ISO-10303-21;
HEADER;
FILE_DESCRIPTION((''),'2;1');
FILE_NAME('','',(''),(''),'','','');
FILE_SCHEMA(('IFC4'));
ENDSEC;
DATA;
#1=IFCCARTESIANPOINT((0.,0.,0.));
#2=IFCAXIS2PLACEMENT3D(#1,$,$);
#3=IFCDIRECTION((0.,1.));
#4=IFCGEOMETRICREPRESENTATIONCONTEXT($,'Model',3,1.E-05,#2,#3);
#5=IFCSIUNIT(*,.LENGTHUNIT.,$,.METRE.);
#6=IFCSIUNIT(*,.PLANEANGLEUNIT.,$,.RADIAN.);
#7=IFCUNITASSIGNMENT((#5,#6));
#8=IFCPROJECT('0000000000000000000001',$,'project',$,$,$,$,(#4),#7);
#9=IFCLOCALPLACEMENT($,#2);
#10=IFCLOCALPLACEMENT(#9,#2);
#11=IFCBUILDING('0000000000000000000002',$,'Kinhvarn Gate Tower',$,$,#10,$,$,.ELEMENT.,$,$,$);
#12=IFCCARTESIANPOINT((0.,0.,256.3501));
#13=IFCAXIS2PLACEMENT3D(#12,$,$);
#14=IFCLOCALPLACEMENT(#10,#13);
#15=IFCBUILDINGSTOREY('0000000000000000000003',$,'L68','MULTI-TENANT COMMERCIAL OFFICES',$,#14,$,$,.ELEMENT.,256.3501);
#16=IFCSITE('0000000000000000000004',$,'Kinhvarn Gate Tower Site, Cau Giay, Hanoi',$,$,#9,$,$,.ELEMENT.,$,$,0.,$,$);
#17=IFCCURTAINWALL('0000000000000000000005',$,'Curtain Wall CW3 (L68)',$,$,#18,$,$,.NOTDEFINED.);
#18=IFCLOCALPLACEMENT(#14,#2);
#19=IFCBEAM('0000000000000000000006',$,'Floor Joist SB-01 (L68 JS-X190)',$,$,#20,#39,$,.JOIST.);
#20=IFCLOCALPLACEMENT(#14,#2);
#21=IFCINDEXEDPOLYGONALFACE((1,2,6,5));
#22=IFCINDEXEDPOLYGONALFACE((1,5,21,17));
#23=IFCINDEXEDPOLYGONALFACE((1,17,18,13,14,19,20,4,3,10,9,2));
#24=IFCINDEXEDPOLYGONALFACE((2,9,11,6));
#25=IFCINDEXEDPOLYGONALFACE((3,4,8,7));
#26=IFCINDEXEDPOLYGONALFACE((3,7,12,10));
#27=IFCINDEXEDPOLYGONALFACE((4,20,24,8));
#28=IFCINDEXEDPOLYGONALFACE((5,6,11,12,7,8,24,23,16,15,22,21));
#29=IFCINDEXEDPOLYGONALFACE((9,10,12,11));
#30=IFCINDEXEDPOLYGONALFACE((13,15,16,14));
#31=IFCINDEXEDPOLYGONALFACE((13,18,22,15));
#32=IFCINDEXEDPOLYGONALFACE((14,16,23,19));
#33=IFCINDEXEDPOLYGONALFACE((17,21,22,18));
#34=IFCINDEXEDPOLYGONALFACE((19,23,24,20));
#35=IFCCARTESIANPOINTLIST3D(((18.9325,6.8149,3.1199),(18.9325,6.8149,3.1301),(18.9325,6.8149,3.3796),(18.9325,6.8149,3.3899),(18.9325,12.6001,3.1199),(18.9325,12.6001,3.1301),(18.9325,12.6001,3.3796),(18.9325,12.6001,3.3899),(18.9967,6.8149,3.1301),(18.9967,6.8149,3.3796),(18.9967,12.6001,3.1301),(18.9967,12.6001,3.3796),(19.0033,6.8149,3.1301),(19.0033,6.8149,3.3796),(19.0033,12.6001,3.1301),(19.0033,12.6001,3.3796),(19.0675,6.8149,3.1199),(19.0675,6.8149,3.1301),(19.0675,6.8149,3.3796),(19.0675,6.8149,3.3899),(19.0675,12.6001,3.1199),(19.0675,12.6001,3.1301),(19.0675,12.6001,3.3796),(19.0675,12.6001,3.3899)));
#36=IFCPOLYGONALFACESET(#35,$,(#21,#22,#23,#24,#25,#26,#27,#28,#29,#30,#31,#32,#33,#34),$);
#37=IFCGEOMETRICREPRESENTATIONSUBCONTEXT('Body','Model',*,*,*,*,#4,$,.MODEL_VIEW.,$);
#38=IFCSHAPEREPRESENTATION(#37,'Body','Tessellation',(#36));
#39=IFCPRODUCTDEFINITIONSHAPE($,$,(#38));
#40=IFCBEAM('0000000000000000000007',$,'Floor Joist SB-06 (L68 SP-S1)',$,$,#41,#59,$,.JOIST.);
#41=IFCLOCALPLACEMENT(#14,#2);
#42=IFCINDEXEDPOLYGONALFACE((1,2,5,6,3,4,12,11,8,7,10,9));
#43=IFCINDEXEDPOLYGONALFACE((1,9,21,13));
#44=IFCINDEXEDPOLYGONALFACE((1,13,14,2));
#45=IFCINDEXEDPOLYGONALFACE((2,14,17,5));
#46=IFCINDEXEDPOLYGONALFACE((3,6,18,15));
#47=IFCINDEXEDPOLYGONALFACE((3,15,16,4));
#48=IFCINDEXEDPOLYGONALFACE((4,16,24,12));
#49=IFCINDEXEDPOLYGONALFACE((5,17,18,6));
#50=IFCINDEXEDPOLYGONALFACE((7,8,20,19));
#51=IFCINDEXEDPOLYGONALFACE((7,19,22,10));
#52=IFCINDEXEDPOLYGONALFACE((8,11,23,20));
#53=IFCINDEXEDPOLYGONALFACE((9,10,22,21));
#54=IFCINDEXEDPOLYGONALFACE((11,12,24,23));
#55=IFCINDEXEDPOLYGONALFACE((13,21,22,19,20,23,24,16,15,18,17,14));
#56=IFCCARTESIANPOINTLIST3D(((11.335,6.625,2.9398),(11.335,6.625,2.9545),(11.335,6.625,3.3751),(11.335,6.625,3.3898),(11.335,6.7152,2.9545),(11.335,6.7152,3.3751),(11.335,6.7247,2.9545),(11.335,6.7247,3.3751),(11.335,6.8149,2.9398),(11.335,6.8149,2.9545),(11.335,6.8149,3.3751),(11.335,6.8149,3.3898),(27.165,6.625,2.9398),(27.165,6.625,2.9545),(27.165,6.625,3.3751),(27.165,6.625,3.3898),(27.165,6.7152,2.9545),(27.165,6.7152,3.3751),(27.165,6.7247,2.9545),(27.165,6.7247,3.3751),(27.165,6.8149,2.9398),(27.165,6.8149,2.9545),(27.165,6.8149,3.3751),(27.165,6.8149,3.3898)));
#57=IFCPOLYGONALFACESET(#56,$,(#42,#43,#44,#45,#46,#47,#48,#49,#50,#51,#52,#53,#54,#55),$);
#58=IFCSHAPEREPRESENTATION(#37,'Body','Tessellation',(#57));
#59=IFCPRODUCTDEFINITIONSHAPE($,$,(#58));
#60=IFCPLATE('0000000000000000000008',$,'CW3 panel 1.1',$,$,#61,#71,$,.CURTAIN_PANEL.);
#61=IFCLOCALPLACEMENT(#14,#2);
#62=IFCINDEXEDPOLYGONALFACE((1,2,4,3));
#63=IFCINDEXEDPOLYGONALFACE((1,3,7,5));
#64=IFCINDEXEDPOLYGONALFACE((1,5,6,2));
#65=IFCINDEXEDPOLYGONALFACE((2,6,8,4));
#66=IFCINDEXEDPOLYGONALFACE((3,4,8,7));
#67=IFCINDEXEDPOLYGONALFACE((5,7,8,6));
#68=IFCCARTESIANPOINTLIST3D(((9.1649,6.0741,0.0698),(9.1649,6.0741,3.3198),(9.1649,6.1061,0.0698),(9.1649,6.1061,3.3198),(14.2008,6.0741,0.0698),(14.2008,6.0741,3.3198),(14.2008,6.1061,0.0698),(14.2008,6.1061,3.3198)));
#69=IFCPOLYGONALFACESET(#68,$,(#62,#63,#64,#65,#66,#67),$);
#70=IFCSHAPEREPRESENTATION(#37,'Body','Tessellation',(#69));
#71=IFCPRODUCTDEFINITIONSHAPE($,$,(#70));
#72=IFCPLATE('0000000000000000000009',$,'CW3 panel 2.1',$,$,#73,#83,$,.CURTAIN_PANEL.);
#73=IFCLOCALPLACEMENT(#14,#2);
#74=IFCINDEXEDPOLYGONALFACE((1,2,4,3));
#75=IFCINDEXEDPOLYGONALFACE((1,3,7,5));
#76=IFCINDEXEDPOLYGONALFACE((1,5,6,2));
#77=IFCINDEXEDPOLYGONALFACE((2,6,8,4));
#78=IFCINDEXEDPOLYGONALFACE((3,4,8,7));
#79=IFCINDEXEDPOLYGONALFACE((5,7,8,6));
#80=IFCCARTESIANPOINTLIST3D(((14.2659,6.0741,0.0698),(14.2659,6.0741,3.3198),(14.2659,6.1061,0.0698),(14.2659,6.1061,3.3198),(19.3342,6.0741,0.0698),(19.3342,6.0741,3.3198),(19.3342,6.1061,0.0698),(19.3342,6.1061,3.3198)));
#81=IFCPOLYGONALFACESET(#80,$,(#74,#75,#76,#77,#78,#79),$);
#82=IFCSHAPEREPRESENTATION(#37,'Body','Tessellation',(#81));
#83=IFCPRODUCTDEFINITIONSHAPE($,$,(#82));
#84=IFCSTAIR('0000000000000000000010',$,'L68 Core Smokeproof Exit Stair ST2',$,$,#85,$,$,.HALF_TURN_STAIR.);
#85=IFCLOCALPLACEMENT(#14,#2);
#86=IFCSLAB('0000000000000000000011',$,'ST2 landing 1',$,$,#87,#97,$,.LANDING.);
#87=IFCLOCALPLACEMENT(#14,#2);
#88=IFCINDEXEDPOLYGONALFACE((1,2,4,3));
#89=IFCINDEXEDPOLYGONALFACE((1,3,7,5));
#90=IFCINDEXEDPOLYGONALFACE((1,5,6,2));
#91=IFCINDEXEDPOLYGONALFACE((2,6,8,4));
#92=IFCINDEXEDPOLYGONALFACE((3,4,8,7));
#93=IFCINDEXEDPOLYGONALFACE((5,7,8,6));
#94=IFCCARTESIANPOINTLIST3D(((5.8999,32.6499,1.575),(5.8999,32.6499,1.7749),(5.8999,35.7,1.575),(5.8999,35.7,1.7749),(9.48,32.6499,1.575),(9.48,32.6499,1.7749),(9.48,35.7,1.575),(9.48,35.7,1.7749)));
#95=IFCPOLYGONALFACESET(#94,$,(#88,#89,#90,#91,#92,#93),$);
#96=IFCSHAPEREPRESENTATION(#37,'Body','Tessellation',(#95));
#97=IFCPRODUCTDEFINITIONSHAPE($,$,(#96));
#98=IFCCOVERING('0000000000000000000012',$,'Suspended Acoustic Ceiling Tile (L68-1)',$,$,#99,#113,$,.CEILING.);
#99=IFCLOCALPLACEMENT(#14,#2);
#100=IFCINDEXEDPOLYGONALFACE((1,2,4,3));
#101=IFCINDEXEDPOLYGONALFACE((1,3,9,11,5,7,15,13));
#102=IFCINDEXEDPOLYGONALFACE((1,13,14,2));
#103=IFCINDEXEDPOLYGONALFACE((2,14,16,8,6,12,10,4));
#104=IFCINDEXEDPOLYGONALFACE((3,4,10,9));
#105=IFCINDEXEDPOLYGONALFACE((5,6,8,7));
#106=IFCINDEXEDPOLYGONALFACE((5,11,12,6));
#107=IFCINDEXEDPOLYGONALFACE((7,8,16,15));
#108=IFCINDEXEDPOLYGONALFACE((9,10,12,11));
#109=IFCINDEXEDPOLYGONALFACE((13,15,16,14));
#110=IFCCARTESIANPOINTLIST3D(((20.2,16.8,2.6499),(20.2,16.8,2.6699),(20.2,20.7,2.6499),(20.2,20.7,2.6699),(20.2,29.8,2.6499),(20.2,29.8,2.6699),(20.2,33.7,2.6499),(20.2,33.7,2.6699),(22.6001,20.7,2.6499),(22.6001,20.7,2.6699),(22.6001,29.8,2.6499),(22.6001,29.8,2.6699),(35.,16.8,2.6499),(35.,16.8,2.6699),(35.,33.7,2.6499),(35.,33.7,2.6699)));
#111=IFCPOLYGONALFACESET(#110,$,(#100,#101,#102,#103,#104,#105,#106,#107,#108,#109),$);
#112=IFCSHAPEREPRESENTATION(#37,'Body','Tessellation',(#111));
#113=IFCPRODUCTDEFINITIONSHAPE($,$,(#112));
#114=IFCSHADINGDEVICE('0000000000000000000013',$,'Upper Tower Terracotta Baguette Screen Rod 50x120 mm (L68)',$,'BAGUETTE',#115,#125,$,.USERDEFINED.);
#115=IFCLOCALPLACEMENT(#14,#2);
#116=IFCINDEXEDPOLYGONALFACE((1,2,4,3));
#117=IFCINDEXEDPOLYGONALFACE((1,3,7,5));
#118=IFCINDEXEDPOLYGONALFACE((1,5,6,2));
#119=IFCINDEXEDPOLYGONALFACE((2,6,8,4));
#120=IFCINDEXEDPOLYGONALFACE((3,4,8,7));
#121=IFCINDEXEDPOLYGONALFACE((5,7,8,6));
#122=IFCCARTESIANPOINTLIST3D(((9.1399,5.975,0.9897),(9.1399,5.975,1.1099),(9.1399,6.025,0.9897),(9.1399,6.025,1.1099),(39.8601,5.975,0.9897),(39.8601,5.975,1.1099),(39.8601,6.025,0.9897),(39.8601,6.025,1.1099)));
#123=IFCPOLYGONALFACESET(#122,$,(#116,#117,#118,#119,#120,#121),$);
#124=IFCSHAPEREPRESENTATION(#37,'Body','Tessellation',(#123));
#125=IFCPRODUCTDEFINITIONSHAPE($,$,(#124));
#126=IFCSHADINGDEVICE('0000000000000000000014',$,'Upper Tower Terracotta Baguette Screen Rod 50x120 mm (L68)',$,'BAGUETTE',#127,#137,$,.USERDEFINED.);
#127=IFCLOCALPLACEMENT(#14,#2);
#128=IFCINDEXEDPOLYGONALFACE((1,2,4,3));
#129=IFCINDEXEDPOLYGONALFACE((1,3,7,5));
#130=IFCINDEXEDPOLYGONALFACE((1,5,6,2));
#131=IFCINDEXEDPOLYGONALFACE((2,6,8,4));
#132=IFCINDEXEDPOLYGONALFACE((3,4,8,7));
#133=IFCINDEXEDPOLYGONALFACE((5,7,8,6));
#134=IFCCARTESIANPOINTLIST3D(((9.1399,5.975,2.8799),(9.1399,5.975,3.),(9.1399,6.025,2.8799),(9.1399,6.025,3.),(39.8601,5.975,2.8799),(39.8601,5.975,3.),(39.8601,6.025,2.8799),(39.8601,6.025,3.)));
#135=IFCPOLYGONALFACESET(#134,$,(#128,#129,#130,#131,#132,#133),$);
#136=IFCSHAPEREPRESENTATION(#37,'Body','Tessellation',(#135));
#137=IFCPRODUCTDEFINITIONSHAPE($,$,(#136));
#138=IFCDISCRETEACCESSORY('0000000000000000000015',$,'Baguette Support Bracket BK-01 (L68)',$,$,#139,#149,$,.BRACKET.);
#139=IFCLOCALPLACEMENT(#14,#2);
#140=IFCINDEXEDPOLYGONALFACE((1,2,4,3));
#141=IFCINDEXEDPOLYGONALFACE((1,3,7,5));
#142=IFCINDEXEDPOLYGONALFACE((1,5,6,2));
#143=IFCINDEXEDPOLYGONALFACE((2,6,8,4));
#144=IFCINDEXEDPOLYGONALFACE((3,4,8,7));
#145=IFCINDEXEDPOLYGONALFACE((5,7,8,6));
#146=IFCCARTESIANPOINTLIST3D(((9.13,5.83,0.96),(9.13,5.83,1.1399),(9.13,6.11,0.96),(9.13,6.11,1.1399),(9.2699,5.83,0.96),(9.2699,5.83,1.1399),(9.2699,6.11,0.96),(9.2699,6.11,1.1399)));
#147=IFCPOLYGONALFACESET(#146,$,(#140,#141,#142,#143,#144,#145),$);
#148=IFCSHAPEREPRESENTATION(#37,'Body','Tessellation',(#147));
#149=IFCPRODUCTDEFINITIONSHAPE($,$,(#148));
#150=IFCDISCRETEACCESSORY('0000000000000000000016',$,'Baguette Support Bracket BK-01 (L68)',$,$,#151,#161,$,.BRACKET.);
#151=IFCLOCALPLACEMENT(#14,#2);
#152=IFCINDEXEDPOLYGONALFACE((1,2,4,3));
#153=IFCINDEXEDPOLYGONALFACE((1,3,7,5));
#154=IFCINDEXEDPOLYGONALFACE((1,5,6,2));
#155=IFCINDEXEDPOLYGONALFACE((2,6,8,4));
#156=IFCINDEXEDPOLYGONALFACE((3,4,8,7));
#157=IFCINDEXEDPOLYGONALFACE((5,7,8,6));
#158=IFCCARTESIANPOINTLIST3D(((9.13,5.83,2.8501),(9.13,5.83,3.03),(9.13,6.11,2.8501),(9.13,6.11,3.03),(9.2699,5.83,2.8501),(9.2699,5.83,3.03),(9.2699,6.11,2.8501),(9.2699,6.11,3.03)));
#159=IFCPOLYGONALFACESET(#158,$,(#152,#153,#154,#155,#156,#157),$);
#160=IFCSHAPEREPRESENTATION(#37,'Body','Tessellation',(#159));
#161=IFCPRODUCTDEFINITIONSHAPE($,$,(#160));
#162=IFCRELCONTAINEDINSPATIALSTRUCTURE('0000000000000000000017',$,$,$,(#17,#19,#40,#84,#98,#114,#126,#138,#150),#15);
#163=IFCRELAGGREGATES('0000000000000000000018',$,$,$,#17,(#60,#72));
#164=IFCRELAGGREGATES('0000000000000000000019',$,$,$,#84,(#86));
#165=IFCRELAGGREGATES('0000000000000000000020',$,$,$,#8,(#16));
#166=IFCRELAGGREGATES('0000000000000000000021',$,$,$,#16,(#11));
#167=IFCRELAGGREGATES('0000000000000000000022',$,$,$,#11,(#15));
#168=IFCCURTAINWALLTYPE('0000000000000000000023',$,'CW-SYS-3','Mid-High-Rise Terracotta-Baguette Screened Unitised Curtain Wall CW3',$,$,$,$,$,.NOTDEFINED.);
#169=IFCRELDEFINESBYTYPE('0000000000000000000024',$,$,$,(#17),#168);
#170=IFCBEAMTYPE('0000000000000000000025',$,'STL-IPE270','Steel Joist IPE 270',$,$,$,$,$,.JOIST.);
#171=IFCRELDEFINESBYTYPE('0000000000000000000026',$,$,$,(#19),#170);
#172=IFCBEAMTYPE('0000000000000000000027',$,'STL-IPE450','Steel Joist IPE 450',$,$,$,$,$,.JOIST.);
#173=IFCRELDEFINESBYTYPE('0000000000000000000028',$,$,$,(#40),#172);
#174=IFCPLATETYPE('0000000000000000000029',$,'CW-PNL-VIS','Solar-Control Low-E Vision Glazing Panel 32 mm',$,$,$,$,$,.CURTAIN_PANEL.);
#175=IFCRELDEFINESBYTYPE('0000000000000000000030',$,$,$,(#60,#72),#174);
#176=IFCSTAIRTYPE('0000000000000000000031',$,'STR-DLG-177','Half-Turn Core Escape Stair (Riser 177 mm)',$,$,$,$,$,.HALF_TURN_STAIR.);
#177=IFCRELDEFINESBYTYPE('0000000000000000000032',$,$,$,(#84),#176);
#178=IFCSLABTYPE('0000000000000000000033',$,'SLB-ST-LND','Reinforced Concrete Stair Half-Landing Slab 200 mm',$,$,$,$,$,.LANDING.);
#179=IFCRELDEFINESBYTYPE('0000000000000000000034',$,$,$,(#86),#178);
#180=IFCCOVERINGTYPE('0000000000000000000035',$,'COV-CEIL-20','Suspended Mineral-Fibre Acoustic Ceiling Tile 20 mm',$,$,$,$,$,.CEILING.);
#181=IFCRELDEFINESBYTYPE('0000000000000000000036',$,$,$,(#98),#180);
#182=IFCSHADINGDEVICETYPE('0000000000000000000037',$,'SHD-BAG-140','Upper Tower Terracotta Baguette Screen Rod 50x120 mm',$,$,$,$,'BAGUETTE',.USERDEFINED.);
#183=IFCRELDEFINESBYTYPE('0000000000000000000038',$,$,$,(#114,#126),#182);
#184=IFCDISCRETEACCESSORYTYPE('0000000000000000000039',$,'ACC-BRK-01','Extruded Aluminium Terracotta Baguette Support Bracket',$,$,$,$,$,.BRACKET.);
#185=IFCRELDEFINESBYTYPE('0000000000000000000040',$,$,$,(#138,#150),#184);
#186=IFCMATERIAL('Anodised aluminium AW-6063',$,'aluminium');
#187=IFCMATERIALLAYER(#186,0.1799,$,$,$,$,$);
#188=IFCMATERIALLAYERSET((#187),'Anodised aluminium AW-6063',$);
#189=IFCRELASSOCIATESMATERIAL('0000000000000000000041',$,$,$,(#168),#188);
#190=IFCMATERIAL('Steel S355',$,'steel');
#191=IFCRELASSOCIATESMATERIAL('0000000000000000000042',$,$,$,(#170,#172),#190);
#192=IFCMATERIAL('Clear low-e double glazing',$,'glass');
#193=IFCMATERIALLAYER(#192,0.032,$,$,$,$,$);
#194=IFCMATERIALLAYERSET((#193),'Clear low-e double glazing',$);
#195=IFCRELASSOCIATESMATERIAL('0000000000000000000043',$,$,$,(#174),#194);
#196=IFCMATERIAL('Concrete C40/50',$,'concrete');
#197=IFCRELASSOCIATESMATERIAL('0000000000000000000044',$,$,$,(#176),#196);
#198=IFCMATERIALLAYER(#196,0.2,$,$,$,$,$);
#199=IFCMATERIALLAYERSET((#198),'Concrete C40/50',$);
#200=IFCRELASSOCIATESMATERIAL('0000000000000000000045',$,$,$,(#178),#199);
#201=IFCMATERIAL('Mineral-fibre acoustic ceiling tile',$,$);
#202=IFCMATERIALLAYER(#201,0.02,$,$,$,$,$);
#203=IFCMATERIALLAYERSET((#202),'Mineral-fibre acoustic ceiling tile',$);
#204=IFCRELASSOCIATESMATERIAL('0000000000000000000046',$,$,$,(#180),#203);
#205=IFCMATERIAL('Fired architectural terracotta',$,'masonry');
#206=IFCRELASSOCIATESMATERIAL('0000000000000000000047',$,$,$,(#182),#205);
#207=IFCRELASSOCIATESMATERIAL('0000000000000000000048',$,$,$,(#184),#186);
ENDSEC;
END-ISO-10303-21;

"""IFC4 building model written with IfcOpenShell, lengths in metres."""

from ifc_helpers import new_model, si_unit, direction, frame, origin, origin_2d, place, context, subcontext, project, spatial, polyline, rectangle, i_section, outline, extrude, material, layer, layer_set, material_profile, profile_set, type_object, element, aggregate, save


model = new_model("IFC4")

# Units and contexts
model_context = context("Model", 3, precision=1e-05, world=origin(), true_north=direction((0.0, 1.0)))
body_context = subcontext(model_context, "Body", "Model", "MODEL_VIEW")
ifc_project = project(units=[si_unit("LENGTHUNIT", "METRE"), si_unit("PLANEANGLEUNIT", "RADIAN")], contexts=[model_context])

# Site, building, storey
site_placement = place(None, origin())
site = spatial("IfcSite", under=ifc_project, at=site_placement, Name="Kinhvarn Gate Tower Site, Cau Giay, Hanoi", CompositionType="ELEMENT", RefElevation=0.0)
building_placement = place(site_placement, origin())
building = spatial("IfcBuilding", under=site, at=building_placement, Name="Kinhvarn Gate Tower", CompositionType="ELEMENT")
storey_placement = place(building_placement, frame((0.0, 0.0, 256.3501)))
storey = spatial("IfcBuildingStorey", under=building, at=storey_placement, Name="L68", Description="MULTI-TENANT COMMERCIAL OFFICES", CompositionType="ELEMENT", Elevation=256.3501)

# Curtain wall
ifc_material_1 = material(Name="Anodised aluminium AW-6063", Category="aluminium")
ifc_layer_1 = layer(ifc_material_1, 0.1799)
ifc_layer_set_1 = layer_set([ifc_layer_1], Name="Anodised aluminium AW-6063")
curtain_wall_type = type_object("IfcCurtainWallType", Name="CW-SYS-3", Description="Mid-High-Rise Terracotta-Baguette Screened Unitised Curtain Wall CW3", PredefinedType="NOTDEFINED", material=ifc_layer_set_1)
curtain_wall_placement = place(storey_placement, origin())
curtain_wall = element("IfcCurtainWall", 1, at=curtain_wall_placement, inside=storey, type_object=curtain_wall_type, Name="Curtain Wall CW3 (L68)", PredefinedType="NOTDEFINED")

# Beams
ifc_material_2 = material(Name="Steel S355", Category="steel")
ifc_material_profile_1 = material_profile(ifc_material_2, i_section(OverallWidth=0.135, OverallDepth=0.27, WebThickness=0.0066, FlangeThickness=0.0103, at=origin_2d()), Name="IPE 270")
ifc_profile_set_1 = profile_set([ifc_material_profile_1], Name="Steel S355")
beam_type_1 = type_object("IfcBeamType", Name="STL-IPE270", Description="Steel Joist IPE 270", PredefinedType="JOIST", material=ifc_profile_set_1)
for number, where, z_axis, x_axis, name in (
    (2, (19.0, 6.8149, 3.2549), (0.0, 1.0, 0.0), (-1.0, 0.0, 0.0), "Floor Joist SB-01 (L68 JS-X190)"),
):
    element("IfcBeam", number, at=place(storey_placement, frame(where, z_axis=z_axis, x_axis=x_axis)), inside=storey, type_object=beam_type_1, Name=name, PredefinedType="JOIST", context=body_context, shape_type="SweptSolid", body=[
        extrude(i_section(OverallWidth=0.135, OverallDepth=0.27, WebThickness=0.0066, FlangeThickness=0.0103, at=origin_2d()), origin(), (0.0, 0.0, 1.0), 5.7852),
    ])
ifc_material_profile_2 = material_profile(ifc_material_2, i_section(OverallWidth=0.1899, OverallDepth=0.45, WebThickness=0.0095, FlangeThickness=0.0146, at=origin_2d()), Name="IPE 450")
ifc_profile_set_2 = profile_set([ifc_material_profile_2], Name="Steel S355")
beam_type_2 = type_object("IfcBeamType", Name="STL-IPE450", Description="Steel Joist IPE 450", PredefinedType="JOIST", material=ifc_profile_set_2)
beam_1_placement = place(storey_placement, frame((11.335, 6.72, 3.1648), z_axis=(1.0, 0.0, 0.0), x_axis=(0.0, 1.0, 0.0)))
element("IfcBeam", 3, at=beam_1_placement, inside=storey, type_object=beam_type_2, Name="Floor Joist SB-06 (L68 SP-S1)", PredefinedType="JOIST", context=body_context, shape_type="SweptSolid", body=[
    extrude(i_section(OverallWidth=0.1899, OverallDepth=0.45, WebThickness=0.0095, FlangeThickness=0.0146, at=origin_2d()), origin(), (0.0, 0.0, 1.0), 15.8301),
])

# Plates
ifc_material_3 = material(Name="Clear low-e double glazing", Category="glass")
ifc_layer_2 = layer(ifc_material_3, 0.032)
ifc_layer_set_2 = layer_set([ifc_layer_2], Name="Clear low-e double glazing")
plate_type = type_object("IfcPlateType", Name="CW-PNL-VIS", Description="Solar-Control Low-E Vision Glazing Panel 32 mm", PredefinedType="CURTAIN_PANEL", material=ifc_layer_set_2)
plate_1_placement = place(storey_placement, frame((11.6829, 6.0901, 0.0698), z_axis=(0.0, 0.0, 1.0), x_axis=(1.0, 0.0, 0.0)))
plate_1 = element("IfcPlate", 4, at=plate_1_placement, type_object=plate_type, Name="CW3 panel 1.1", PredefinedType="CURTAIN_PANEL", context=body_context, shape_type="SweptSolid", body=[
    extrude(rectangle(XDim=5.0359, YDim=0.032, at=origin_2d()), origin(), (0.0, 0.0, 1.0), 3.25),
])
plate_2_placement = place(storey_placement, frame((16.8, 6.0901, 0.0698), z_axis=(0.0, 0.0, 1.0), x_axis=(1.0, 0.0, 0.0)))
plate_2 = element("IfcPlate", 5, at=plate_2_placement, type_object=plate_type, Name="CW3 panel 2.1", PredefinedType="CURTAIN_PANEL", context=body_context, shape_type="SweptSolid", body=[
    extrude(rectangle(XDim=5.0684, YDim=0.032, at=origin_2d()), origin(), (0.0, 0.0, 1.0), 3.25),
])
aggregate(curtain_wall, [plate_1, plate_2])

# Stair, slab
ifc_material_4 = material(Name="Concrete C40/50", Category="concrete")
stair_type = type_object("IfcStairType", Name="STR-DLG-177", Description="Half-Turn Core Escape Stair (Riser 177 mm)", PredefinedType="HALF_TURN_STAIR", material=ifc_material_4)
stair_placement = place(storey_placement, origin())
stair = element("IfcStair", 6, at=stair_placement, inside=storey, type_object=stair_type, Name="L68 Core Smokeproof Exit Stair ST2", PredefinedType="HALF_TURN_STAIR")
ifc_layer_3 = layer(ifc_material_4, 0.2)
ifc_layer_set_3 = layer_set([ifc_layer_3], Name="Concrete C40/50")
slab_type = type_object("IfcSlabType", Name="SLB-ST-LND", Description="Reinforced Concrete Stair Half-Landing Slab 200 mm", PredefinedType="LANDING", material=ifc_layer_set_3)
slab_placement = place(storey_placement, frame((0.0, 0.0, 1.575)))
slab = element("IfcSlab", 7, at=slab_placement, type_object=slab_type, Name="ST2 landing 1", PredefinedType="LANDING", context=body_context, shape_type="SweptSolid", body=[
    extrude(outline(polyline([(9.48, 35.7), (5.8999, 35.7), (5.8999, 32.6499), (9.48, 32.6499), (9.48, 35.7)])), origin(), (0.0, 0.0, 1.0), 0.2),
])
aggregate(stair, [slab])

# Covering
ifc_material_5 = material(Name="Mineral-fibre acoustic ceiling tile")
ifc_layer_4 = layer(ifc_material_5, 0.02)
ifc_layer_set_4 = layer_set([ifc_layer_4], Name="Mineral-fibre acoustic ceiling tile")
covering_type = type_object("IfcCoveringType", Name="COV-CEIL-20", Description="Suspended Mineral-Fibre Acoustic Ceiling Tile 20 mm", PredefinedType="CEILING", material=ifc_layer_set_4)
covering_placement = place(storey_placement, frame((0.0, 0.0, 2.6499)))
element("IfcCovering", 8, at=covering_placement, inside=storey, type_object=covering_type, Name="Suspended Acoustic Ceiling Tile (L68-1)", PredefinedType="CEILING", context=body_context, shape_type="SweptSolid", body=[
    extrude(outline(polyline([(35.0, 33.7), (35.0, 16.8), (20.2, 16.8), (20.2, 20.7), (22.6001, 20.7), (22.6001, 29.8), (20.2, 29.8), (20.2, 33.7), (35.0, 33.7)])), origin(), (0.0, 0.0, 1.0), 0.02),
])

# Shading devices
ifc_material_6 = material(Name="Fired architectural terracotta", Category="masonry")
ifc_material_profile_3 = material_profile(ifc_material_6, rectangle(XDim=0.05, YDim=0.1201, at=origin_2d()), Name="TC 50x120")
ifc_profile_set_3 = profile_set([ifc_material_profile_3], Name="Fired architectural terracotta")
shading_device_type = type_object("IfcShadingDeviceType", Name="SHD-BAG-140", Description="Upper Tower Terracotta Baguette Screen Rod 50x120 mm", ElementType="BAGUETTE", PredefinedType="USERDEFINED", material=ifc_profile_set_3)
for number, where, z_axis, x_axis, name in (
    (9, (9.1399, 6.0, 1.0498), (1.0, 0.0, 0.0), (0.0, 1.0, 0.0), "Upper Tower Terracotta Baguette Screen Rod 50x120 mm (L68)"),
    (10, (9.1399, 6.0, 2.9399), (1.0, 0.0, 0.0), (0.0, 1.0, 0.0), "Upper Tower Terracotta Baguette Screen Rod 50x120 mm (L68)"),
):
    element("IfcShadingDevice", number, at=place(storey_placement, frame(where, z_axis=z_axis, x_axis=x_axis)), inside=storey, type_object=shading_device_type, Name=name, ObjectType="BAGUETTE", PredefinedType="USERDEFINED", context=body_context, shape_type="SweptSolid", body=[
        extrude(rectangle(XDim=0.05, YDim=0.1201, at=origin_2d()), origin(), (0.0, 0.0, 1.0), 30.7202),
    ])

# Discrete accessories
discrete_accessory_type = type_object("IfcDiscreteAccessoryType", Name="ACC-BRK-01", Description="Extruded Aluminium Terracotta Baguette Support Bracket", PredefinedType="BRACKET", material=ifc_material_1)
for number, where, z_axis, x_axis, name in (
    (11, (9.2, 5.97, 0.96), (0.0, 0.0, 1.0), (1.0, 0.0, 0.0), "Baguette Support Bracket BK-01 (L68)"),
    (12, (9.2, 5.97, 2.8501), (0.0, 0.0, 1.0), (1.0, 0.0, 0.0), "Baguette Support Bracket BK-01 (L68)"),
):
    element("IfcDiscreteAccessory", number, at=place(storey_placement, frame(where, z_axis=z_axis, x_axis=x_axis)), inside=storey, type_object=discrete_accessory_type, Name=name, PredefinedType="BRACKET", context=body_context, shape_type="SweptSolid", body=[
        extrude(rectangle(XDim=0.1399, YDim=0.28, at=origin_2d()), origin(), (0.0, 0.0, 1.0), 0.1799),
    ])

save(model, "model.ifc")
